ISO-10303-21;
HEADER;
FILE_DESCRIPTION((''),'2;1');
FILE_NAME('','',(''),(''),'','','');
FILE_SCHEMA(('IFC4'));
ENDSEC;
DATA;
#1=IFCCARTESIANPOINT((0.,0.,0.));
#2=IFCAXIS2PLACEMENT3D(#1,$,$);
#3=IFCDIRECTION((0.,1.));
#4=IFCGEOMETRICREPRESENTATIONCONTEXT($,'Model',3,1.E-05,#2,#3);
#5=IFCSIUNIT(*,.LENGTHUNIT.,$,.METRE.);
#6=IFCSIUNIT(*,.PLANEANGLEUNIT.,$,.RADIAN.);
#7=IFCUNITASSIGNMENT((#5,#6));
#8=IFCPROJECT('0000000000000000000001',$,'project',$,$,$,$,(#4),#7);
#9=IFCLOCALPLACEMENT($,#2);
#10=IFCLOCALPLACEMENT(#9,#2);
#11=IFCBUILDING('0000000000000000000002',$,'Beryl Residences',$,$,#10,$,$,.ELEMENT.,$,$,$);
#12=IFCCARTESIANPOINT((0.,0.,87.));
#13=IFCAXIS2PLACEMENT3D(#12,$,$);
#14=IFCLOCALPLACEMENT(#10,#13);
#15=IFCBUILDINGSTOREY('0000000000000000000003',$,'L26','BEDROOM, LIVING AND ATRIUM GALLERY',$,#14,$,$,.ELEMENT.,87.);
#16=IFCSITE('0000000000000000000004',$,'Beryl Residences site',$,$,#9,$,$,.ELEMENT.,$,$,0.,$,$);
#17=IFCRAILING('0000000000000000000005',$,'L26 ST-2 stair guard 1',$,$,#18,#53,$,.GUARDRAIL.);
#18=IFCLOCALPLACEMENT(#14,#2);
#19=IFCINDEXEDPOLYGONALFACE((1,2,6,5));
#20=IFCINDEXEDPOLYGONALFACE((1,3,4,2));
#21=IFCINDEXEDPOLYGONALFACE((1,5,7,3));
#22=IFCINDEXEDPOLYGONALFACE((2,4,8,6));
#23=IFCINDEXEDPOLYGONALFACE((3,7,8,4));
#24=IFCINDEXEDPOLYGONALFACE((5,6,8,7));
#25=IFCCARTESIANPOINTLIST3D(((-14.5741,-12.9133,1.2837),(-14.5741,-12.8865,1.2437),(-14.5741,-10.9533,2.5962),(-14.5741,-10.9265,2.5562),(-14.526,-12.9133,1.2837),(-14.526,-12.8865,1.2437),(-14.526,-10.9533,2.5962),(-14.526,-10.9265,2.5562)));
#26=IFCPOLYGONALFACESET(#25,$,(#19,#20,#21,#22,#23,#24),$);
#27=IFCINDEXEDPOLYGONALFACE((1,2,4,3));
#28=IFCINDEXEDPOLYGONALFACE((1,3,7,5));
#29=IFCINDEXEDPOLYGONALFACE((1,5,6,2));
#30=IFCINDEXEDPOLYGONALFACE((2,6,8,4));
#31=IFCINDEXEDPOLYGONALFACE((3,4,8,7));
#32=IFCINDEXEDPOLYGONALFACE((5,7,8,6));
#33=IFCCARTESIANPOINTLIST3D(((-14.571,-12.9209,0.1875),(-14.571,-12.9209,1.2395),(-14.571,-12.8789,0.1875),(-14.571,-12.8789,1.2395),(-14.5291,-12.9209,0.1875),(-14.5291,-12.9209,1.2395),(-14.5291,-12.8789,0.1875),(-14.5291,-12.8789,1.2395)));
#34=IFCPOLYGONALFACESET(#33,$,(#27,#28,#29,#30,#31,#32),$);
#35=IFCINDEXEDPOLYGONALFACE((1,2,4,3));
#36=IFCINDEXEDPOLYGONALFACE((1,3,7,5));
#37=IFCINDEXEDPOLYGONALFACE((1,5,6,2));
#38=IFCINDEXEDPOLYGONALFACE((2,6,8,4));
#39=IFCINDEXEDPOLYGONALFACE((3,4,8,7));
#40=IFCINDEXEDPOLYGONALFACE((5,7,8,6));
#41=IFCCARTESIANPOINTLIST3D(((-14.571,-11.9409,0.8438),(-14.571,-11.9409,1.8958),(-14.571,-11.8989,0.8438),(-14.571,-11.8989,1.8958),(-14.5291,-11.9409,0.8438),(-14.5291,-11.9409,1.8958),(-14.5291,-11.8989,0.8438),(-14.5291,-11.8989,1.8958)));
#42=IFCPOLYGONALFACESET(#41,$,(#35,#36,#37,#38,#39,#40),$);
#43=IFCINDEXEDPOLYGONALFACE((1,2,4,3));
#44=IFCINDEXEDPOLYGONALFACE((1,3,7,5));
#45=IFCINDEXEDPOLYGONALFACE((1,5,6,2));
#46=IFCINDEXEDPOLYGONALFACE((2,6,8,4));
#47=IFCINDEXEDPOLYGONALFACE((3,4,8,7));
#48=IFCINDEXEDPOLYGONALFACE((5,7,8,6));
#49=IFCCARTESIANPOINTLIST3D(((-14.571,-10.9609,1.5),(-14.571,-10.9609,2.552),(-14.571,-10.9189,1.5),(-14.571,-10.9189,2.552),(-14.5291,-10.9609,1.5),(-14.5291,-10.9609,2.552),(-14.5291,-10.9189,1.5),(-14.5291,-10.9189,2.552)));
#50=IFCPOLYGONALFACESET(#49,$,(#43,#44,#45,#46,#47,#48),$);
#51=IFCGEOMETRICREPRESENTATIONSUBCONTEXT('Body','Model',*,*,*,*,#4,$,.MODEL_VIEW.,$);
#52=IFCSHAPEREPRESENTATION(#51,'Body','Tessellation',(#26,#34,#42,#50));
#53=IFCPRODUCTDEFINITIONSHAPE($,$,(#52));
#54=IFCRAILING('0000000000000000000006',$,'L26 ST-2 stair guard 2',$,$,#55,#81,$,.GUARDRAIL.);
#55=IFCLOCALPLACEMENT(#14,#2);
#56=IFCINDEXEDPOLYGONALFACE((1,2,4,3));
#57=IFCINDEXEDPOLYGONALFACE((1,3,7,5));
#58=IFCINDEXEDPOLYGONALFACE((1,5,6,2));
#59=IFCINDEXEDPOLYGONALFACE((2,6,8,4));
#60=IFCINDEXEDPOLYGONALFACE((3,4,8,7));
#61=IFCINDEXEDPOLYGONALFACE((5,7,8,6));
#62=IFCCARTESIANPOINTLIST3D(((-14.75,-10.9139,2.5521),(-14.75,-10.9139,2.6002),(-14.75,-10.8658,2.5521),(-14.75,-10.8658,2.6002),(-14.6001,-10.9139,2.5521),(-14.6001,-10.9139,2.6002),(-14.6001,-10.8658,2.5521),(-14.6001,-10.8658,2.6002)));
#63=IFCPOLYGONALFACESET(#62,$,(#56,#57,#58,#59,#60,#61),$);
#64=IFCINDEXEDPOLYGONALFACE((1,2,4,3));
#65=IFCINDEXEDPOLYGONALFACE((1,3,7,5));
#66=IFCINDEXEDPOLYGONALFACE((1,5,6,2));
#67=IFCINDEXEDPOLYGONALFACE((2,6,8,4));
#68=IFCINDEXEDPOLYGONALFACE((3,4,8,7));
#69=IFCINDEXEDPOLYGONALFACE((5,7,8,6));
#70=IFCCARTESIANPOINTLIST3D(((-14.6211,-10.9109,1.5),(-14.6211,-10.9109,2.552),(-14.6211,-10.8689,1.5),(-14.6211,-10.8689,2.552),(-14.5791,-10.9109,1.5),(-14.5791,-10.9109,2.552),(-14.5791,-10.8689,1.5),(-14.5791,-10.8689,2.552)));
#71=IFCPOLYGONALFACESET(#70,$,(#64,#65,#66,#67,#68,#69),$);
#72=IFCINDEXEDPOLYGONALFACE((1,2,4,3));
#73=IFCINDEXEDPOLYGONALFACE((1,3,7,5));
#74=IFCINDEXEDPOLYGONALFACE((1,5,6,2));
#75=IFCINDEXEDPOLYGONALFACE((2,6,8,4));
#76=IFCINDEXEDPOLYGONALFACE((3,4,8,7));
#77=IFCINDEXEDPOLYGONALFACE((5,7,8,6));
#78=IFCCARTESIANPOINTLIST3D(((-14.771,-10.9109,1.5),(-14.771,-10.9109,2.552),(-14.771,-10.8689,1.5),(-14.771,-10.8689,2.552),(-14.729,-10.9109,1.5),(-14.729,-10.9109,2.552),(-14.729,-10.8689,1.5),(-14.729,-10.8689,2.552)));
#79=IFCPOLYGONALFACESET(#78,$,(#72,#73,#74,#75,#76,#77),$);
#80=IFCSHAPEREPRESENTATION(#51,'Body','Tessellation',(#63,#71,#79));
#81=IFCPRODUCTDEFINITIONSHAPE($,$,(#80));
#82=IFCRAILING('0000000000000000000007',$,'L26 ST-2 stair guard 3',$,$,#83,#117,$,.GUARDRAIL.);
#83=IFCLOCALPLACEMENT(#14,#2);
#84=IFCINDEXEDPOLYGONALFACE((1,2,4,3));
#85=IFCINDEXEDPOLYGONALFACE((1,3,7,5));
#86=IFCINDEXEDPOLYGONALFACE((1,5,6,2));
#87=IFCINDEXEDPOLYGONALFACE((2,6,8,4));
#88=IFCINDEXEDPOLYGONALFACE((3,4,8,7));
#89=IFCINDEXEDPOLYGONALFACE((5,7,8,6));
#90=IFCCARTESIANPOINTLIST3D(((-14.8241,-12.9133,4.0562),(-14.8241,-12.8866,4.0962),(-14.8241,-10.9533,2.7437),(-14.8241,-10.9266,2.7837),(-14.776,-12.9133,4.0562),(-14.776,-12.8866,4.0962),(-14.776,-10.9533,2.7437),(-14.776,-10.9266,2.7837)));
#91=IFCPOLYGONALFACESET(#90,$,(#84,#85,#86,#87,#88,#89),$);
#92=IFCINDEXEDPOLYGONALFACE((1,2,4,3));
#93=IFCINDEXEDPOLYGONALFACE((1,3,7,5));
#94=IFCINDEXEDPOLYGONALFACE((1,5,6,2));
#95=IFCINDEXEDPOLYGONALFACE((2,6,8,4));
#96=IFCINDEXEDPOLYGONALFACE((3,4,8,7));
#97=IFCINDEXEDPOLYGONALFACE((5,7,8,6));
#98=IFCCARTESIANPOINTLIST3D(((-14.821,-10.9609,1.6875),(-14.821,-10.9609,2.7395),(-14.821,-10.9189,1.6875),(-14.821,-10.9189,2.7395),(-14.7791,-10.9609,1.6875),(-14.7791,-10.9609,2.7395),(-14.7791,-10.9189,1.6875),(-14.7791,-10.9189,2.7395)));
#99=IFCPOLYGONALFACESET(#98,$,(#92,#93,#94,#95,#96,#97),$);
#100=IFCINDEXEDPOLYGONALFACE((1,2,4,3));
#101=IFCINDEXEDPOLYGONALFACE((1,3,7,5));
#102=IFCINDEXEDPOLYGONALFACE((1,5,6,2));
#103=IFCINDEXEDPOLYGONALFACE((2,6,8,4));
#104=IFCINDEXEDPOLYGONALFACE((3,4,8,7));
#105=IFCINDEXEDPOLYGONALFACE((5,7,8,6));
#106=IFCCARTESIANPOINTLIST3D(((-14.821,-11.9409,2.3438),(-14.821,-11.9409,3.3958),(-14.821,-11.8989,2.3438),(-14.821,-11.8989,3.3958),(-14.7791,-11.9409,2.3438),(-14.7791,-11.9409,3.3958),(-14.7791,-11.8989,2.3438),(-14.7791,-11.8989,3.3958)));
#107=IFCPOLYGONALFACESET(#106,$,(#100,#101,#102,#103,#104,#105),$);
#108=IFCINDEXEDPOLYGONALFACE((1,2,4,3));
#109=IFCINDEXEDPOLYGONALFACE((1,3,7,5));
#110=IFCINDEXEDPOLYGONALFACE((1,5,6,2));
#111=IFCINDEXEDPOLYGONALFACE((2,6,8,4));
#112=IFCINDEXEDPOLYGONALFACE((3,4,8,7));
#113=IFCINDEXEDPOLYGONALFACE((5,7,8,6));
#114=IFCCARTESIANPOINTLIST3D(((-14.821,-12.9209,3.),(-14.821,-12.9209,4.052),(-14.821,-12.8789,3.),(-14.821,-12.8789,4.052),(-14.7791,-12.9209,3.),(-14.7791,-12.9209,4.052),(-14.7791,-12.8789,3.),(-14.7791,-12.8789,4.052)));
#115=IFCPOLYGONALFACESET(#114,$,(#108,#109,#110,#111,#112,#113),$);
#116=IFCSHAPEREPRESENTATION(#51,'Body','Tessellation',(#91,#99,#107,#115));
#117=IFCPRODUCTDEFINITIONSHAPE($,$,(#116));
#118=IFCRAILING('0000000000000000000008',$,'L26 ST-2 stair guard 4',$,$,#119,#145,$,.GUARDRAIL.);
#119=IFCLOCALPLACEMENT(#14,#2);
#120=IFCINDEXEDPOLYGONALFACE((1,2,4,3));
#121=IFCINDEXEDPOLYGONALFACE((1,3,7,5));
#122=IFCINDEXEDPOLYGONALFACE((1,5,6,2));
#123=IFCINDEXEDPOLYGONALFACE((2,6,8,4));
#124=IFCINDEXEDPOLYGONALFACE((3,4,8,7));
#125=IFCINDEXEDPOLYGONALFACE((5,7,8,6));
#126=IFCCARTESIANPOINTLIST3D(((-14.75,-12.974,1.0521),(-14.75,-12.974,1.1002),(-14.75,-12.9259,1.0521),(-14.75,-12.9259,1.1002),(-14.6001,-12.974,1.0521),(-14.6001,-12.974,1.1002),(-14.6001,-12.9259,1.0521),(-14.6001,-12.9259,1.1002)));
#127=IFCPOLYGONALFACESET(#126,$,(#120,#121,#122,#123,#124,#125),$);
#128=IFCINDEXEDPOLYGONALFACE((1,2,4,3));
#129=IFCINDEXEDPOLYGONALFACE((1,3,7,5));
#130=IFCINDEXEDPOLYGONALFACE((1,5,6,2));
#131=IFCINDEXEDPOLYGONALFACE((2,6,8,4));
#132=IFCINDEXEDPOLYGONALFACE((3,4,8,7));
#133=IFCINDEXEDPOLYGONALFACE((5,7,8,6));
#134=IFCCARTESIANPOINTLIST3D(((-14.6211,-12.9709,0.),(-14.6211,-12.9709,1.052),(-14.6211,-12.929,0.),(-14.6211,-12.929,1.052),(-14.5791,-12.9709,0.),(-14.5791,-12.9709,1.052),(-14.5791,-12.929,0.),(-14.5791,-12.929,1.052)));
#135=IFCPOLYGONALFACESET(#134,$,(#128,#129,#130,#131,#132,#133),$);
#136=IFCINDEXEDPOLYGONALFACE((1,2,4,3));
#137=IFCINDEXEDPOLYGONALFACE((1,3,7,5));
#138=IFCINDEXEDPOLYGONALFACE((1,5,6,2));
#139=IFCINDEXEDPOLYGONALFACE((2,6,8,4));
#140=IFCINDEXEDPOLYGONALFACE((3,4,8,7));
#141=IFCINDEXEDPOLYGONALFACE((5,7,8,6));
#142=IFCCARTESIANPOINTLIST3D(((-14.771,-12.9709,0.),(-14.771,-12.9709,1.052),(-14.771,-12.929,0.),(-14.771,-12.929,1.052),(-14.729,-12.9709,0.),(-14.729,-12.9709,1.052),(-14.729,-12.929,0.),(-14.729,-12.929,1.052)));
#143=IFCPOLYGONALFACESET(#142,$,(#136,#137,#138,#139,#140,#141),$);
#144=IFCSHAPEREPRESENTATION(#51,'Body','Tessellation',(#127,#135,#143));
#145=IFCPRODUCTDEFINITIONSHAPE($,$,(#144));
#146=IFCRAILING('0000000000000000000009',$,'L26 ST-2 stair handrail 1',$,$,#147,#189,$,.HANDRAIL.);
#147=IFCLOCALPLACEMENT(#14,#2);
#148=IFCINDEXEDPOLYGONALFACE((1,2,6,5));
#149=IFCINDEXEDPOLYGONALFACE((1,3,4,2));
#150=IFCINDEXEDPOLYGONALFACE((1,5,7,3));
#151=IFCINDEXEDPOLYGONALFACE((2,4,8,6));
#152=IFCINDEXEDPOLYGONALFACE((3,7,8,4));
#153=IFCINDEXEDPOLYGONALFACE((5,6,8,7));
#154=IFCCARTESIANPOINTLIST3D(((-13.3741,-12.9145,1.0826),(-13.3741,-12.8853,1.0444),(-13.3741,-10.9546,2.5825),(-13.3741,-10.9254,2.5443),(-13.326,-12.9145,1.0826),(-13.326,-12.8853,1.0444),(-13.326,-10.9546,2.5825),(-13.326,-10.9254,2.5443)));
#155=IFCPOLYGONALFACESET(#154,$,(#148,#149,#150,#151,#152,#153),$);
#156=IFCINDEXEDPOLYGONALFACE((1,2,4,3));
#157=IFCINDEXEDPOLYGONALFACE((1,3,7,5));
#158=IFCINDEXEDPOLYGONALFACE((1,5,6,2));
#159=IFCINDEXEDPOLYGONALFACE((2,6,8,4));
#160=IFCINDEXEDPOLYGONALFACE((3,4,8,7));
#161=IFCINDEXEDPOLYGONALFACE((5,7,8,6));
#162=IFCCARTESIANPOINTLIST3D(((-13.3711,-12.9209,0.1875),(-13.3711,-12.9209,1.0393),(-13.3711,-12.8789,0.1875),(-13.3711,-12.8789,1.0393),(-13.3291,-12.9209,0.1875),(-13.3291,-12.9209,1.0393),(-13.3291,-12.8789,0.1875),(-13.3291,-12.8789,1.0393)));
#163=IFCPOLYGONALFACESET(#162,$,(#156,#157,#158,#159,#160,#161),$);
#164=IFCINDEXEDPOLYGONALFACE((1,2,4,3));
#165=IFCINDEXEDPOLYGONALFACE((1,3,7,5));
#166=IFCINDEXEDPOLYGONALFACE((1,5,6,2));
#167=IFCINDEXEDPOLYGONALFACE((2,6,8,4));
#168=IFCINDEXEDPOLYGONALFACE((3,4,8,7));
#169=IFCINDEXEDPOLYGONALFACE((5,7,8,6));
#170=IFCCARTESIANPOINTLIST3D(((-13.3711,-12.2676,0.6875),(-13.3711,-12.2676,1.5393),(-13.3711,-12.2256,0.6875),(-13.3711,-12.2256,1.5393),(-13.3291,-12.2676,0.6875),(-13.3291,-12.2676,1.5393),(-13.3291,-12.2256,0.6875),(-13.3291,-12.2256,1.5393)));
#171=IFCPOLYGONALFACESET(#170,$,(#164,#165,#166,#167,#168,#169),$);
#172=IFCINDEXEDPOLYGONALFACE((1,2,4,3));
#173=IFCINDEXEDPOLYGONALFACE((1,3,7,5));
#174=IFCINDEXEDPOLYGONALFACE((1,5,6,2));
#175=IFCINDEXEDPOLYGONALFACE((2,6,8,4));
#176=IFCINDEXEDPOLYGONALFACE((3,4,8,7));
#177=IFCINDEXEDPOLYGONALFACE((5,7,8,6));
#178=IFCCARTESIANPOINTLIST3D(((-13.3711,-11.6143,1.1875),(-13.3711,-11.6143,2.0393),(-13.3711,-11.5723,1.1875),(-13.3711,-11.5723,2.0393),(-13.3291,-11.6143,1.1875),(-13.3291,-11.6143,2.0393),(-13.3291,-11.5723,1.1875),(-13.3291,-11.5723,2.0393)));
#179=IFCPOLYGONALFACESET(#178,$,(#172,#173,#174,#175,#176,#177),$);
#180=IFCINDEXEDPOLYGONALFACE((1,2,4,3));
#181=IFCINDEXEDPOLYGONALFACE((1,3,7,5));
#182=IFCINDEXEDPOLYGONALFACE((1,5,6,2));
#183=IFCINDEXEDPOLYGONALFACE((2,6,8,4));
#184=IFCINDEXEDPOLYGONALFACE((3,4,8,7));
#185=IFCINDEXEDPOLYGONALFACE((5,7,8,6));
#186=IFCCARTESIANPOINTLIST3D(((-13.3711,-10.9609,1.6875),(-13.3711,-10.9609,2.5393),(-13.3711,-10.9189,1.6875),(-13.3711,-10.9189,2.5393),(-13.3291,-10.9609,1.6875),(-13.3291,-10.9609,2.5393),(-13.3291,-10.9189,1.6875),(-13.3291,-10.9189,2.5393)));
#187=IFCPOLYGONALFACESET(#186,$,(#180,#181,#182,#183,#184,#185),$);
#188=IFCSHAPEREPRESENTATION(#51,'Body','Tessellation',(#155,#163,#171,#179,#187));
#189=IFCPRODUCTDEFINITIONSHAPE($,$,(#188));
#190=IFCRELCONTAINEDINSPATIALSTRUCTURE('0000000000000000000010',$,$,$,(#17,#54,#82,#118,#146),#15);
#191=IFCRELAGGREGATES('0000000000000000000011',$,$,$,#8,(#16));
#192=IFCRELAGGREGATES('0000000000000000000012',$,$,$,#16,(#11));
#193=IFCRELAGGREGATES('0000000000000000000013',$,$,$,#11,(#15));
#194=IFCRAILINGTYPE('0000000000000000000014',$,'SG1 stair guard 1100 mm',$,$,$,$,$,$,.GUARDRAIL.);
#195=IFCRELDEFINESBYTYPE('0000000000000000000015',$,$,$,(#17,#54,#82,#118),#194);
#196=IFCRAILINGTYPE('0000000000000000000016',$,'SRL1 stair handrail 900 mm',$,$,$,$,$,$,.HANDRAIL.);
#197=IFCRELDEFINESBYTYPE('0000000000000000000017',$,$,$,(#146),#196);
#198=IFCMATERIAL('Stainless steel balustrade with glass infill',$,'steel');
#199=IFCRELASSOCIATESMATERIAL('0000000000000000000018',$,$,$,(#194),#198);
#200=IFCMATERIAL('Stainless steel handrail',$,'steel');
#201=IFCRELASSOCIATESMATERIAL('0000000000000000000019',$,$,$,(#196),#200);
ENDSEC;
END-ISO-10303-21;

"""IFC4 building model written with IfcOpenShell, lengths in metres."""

from ifc_helpers import new_model, si_unit, direction, frame, origin, origin_2d, place, context, subcontext, project, spatial, rectangle, extrude, material, type_object, element, save


model = new_model("IFC4")

# Units and contexts
model_context = context("Model", 3, precision=1e-05, world=origin(), true_north=direction((0.0, 1.0)))
body_context = subcontext(model_context, "Body", "Model", "MODEL_VIEW")
ifc_project = project(units=[si_unit("LENGTHUNIT", "METRE"), si_unit("PLANEANGLEUNIT", "RADIAN")], contexts=[model_context])

# Site, building, storey
site_placement = place(None, origin())
site = spatial("IfcSite", under=ifc_project, at=site_placement, Name="Beryl Residences site", CompositionType="ELEMENT", RefElevation=0.0)
building_placement = place(site_placement, origin())
building = spatial("IfcBuilding", under=site, at=building_placement, Name="Beryl Residences", CompositionType="ELEMENT")
storey_placement = place(building_placement, frame((0.0, 0.0, 87.0)))
storey = spatial("IfcBuildingStorey", under=building, at=storey_placement, Name="L26", Description="BEDROOM, LIVING AND ATRIUM GALLERY", CompositionType="ELEMENT", Elevation=87.0)

# Railings
ifc_material_1 = material(Name="Stainless steel balustrade with glass infill", Category="steel")
railing_type_1 = type_object("IfcRailingType", Name="SG1 stair guard 1100 mm", PredefinedType="GUARDRAIL", material=ifc_material_1)
railing_1_placement = place(storey_placement, frame((-14.55, -12.8999, 0.1875)))
element("IfcRailing", 1, at=railing_1_placement, inside=storey, type_object=railing_type_1, Name="L26 ST-2 stair guard 1", PredefinedType="GUARDRAIL", context=body_context, shape_type="SweptSolid", body=[
    extrude(rectangle(XDim=0.0481, YDim=0.0481, at=origin_2d()), frame((0.0, 0.0, 1.0762), z_axis=(0.0, 0.830902, 0.556419), x_axis=(-1.0, 0.0, 0.0)), (0.0, 0.0, 1.0), 2.3589),
    extrude(rectangle(XDim=0.042, YDim=0.042, at=origin_2d()), origin(), (0.0, 0.0, 1.0), 1.052),
    extrude(rectangle(XDim=0.042, YDim=0.042, at=origin_2d()), frame((0.0, 0.98, 0.6562)), (0.0, 0.0, 1.0), 1.052),
    extrude(rectangle(XDim=0.042, YDim=0.042, at=origin_2d()), frame((0.0, 1.96, 1.3125)), (0.0, 0.0, 1.0), 1.052),
])
railing_2_placement = place(storey_placement, frame((-14.6001, -10.8899, 1.5)))
element("IfcRailing", 2, at=railing_2_placement, inside=storey, type_object=railing_type_1, Name="L26 ST-2 stair guard 2", PredefinedType="GUARDRAIL", context=body_context, shape_type="SweptSolid", body=[
    extrude(rectangle(XDim=0.0481, YDim=0.0481, at=origin_2d()), frame((0.0, 0.0, 1.0762), z_axis=(-1.0, 0.0, 0.0), x_axis=(0.0, -1.0, 0.0)), (0.0, 0.0, 1.0), 0.1499),
    extrude(rectangle(XDim=0.042, YDim=0.042, at=origin_2d()), origin(), (0.0, 0.0, 1.0), 1.052),
    extrude(rectangle(XDim=0.042, YDim=0.042, at=origin_2d()), frame((-0.1499, 0.0, 0.0)), (0.0, 0.0, 1.0), 1.052),
])
railing_3_placement = place(storey_placement, frame((-14.8, -10.9399, 1.6875)))
element("IfcRailing", 3, at=railing_3_placement, inside=storey, type_object=railing_type_1, Name="L26 ST-2 stair guard 3", PredefinedType="GUARDRAIL", context=body_context, shape_type="SweptSolid", body=[
    extrude(rectangle(XDim=0.0481, YDim=0.0481, at=origin_2d()), frame((0.0, 0.0, 1.0762), z_axis=(0.0, -0.830902, 0.556419), x_axis=(1.0, 0.0, 0.0)), (0.0, 0.0, 1.0), 2.3589),
    extrude(rectangle(XDim=0.042, YDim=0.042, at=origin_2d()), origin(), (0.0, 0.0, 1.0), 1.052),
    extrude(rectangle(XDim=0.042, YDim=0.042, at=origin_2d()), frame((0.0, -0.98, 0.6562)), (0.0, 0.0, 1.0), 1.052),
    extrude(rectangle(XDim=0.042, YDim=0.042, at=origin_2d()), frame((0.0, -1.96, 1.3125)), (0.0, 0.0, 1.0), 1.052),
])
railing_4_placement = place(storey_placement, frame((-14.6001, -12.95, 0.0)))
element("IfcRailing", 4, at=railing_4_placement, inside=storey, type_object=railing_type_1, Name="L26 ST-2 stair guard 4", PredefinedType="GUARDRAIL", context=body_context, shape_type="SweptSolid", body=[
    extrude(rectangle(XDim=0.0481, YDim=0.0481, at=origin_2d()), frame((0.0, 0.0, 1.0762), z_axis=(-1.0, 0.0, 0.0), x_axis=(0.0, -1.0, 0.0)), (0.0, 0.0, 1.0), 0.1499),
    extrude(rectangle(XDim=0.042, YDim=0.042, at=origin_2d()), origin(), (0.0, 0.0, 1.0), 1.052),
    extrude(rectangle(XDim=0.042, YDim=0.042, at=origin_2d()), frame((-0.1499, 0.0, 0.0)), (0.0, 0.0, 1.0), 1.052),
])
ifc_material_2 = material(Name="Stainless steel handrail", Category="steel")
railing_type_2 = type_object("IfcRailingType", Name="SRL1 stair handrail 900 mm", PredefinedType="HANDRAIL", material=ifc_material_2)
railing_5_placement = place(storey_placement, frame((-13.3501, -12.8999, 0.1875)))
element("IfcRailing", 5, at=railing_5_placement, inside=storey, type_object=railing_type_2, Name="L26 ST-2 stair handrail 1", PredefinedType="HANDRAIL", context=body_context, shape_type="SweptSolid", body=[
    extrude(rectangle(XDim=0.0481, YDim=0.0481, at=origin_2d()), frame((0.0, 0.0, 0.876), z_axis=(0.0, 0.794122, 0.607758), x_axis=(-1.0, 0.0, 0.0)), (0.0, 0.0, 1.0), 2.468),
    extrude(rectangle(XDim=0.042, YDim=0.042, at=origin_2d()), origin(), (0.0, 0.0, 1.0), 0.8518),
    extrude(rectangle(XDim=0.042, YDim=0.042, at=origin_2d()), frame((0.0, 0.6533, 0.5)), (0.0, 0.0, 1.0), 0.8518),
    extrude(rectangle(XDim=0.042, YDim=0.042, at=origin_2d()), frame((0.0, 1.3066, 1.0)), (0.0, 0.0, 1.0), 0.8518),
    extrude(rectangle(XDim=0.042, YDim=0.042, at=origin_2d()), frame((0.0, 1.96, 1.5)), (0.0, 0.0, 1.0), 0.8518),
])

save(model, "model.ifc")
